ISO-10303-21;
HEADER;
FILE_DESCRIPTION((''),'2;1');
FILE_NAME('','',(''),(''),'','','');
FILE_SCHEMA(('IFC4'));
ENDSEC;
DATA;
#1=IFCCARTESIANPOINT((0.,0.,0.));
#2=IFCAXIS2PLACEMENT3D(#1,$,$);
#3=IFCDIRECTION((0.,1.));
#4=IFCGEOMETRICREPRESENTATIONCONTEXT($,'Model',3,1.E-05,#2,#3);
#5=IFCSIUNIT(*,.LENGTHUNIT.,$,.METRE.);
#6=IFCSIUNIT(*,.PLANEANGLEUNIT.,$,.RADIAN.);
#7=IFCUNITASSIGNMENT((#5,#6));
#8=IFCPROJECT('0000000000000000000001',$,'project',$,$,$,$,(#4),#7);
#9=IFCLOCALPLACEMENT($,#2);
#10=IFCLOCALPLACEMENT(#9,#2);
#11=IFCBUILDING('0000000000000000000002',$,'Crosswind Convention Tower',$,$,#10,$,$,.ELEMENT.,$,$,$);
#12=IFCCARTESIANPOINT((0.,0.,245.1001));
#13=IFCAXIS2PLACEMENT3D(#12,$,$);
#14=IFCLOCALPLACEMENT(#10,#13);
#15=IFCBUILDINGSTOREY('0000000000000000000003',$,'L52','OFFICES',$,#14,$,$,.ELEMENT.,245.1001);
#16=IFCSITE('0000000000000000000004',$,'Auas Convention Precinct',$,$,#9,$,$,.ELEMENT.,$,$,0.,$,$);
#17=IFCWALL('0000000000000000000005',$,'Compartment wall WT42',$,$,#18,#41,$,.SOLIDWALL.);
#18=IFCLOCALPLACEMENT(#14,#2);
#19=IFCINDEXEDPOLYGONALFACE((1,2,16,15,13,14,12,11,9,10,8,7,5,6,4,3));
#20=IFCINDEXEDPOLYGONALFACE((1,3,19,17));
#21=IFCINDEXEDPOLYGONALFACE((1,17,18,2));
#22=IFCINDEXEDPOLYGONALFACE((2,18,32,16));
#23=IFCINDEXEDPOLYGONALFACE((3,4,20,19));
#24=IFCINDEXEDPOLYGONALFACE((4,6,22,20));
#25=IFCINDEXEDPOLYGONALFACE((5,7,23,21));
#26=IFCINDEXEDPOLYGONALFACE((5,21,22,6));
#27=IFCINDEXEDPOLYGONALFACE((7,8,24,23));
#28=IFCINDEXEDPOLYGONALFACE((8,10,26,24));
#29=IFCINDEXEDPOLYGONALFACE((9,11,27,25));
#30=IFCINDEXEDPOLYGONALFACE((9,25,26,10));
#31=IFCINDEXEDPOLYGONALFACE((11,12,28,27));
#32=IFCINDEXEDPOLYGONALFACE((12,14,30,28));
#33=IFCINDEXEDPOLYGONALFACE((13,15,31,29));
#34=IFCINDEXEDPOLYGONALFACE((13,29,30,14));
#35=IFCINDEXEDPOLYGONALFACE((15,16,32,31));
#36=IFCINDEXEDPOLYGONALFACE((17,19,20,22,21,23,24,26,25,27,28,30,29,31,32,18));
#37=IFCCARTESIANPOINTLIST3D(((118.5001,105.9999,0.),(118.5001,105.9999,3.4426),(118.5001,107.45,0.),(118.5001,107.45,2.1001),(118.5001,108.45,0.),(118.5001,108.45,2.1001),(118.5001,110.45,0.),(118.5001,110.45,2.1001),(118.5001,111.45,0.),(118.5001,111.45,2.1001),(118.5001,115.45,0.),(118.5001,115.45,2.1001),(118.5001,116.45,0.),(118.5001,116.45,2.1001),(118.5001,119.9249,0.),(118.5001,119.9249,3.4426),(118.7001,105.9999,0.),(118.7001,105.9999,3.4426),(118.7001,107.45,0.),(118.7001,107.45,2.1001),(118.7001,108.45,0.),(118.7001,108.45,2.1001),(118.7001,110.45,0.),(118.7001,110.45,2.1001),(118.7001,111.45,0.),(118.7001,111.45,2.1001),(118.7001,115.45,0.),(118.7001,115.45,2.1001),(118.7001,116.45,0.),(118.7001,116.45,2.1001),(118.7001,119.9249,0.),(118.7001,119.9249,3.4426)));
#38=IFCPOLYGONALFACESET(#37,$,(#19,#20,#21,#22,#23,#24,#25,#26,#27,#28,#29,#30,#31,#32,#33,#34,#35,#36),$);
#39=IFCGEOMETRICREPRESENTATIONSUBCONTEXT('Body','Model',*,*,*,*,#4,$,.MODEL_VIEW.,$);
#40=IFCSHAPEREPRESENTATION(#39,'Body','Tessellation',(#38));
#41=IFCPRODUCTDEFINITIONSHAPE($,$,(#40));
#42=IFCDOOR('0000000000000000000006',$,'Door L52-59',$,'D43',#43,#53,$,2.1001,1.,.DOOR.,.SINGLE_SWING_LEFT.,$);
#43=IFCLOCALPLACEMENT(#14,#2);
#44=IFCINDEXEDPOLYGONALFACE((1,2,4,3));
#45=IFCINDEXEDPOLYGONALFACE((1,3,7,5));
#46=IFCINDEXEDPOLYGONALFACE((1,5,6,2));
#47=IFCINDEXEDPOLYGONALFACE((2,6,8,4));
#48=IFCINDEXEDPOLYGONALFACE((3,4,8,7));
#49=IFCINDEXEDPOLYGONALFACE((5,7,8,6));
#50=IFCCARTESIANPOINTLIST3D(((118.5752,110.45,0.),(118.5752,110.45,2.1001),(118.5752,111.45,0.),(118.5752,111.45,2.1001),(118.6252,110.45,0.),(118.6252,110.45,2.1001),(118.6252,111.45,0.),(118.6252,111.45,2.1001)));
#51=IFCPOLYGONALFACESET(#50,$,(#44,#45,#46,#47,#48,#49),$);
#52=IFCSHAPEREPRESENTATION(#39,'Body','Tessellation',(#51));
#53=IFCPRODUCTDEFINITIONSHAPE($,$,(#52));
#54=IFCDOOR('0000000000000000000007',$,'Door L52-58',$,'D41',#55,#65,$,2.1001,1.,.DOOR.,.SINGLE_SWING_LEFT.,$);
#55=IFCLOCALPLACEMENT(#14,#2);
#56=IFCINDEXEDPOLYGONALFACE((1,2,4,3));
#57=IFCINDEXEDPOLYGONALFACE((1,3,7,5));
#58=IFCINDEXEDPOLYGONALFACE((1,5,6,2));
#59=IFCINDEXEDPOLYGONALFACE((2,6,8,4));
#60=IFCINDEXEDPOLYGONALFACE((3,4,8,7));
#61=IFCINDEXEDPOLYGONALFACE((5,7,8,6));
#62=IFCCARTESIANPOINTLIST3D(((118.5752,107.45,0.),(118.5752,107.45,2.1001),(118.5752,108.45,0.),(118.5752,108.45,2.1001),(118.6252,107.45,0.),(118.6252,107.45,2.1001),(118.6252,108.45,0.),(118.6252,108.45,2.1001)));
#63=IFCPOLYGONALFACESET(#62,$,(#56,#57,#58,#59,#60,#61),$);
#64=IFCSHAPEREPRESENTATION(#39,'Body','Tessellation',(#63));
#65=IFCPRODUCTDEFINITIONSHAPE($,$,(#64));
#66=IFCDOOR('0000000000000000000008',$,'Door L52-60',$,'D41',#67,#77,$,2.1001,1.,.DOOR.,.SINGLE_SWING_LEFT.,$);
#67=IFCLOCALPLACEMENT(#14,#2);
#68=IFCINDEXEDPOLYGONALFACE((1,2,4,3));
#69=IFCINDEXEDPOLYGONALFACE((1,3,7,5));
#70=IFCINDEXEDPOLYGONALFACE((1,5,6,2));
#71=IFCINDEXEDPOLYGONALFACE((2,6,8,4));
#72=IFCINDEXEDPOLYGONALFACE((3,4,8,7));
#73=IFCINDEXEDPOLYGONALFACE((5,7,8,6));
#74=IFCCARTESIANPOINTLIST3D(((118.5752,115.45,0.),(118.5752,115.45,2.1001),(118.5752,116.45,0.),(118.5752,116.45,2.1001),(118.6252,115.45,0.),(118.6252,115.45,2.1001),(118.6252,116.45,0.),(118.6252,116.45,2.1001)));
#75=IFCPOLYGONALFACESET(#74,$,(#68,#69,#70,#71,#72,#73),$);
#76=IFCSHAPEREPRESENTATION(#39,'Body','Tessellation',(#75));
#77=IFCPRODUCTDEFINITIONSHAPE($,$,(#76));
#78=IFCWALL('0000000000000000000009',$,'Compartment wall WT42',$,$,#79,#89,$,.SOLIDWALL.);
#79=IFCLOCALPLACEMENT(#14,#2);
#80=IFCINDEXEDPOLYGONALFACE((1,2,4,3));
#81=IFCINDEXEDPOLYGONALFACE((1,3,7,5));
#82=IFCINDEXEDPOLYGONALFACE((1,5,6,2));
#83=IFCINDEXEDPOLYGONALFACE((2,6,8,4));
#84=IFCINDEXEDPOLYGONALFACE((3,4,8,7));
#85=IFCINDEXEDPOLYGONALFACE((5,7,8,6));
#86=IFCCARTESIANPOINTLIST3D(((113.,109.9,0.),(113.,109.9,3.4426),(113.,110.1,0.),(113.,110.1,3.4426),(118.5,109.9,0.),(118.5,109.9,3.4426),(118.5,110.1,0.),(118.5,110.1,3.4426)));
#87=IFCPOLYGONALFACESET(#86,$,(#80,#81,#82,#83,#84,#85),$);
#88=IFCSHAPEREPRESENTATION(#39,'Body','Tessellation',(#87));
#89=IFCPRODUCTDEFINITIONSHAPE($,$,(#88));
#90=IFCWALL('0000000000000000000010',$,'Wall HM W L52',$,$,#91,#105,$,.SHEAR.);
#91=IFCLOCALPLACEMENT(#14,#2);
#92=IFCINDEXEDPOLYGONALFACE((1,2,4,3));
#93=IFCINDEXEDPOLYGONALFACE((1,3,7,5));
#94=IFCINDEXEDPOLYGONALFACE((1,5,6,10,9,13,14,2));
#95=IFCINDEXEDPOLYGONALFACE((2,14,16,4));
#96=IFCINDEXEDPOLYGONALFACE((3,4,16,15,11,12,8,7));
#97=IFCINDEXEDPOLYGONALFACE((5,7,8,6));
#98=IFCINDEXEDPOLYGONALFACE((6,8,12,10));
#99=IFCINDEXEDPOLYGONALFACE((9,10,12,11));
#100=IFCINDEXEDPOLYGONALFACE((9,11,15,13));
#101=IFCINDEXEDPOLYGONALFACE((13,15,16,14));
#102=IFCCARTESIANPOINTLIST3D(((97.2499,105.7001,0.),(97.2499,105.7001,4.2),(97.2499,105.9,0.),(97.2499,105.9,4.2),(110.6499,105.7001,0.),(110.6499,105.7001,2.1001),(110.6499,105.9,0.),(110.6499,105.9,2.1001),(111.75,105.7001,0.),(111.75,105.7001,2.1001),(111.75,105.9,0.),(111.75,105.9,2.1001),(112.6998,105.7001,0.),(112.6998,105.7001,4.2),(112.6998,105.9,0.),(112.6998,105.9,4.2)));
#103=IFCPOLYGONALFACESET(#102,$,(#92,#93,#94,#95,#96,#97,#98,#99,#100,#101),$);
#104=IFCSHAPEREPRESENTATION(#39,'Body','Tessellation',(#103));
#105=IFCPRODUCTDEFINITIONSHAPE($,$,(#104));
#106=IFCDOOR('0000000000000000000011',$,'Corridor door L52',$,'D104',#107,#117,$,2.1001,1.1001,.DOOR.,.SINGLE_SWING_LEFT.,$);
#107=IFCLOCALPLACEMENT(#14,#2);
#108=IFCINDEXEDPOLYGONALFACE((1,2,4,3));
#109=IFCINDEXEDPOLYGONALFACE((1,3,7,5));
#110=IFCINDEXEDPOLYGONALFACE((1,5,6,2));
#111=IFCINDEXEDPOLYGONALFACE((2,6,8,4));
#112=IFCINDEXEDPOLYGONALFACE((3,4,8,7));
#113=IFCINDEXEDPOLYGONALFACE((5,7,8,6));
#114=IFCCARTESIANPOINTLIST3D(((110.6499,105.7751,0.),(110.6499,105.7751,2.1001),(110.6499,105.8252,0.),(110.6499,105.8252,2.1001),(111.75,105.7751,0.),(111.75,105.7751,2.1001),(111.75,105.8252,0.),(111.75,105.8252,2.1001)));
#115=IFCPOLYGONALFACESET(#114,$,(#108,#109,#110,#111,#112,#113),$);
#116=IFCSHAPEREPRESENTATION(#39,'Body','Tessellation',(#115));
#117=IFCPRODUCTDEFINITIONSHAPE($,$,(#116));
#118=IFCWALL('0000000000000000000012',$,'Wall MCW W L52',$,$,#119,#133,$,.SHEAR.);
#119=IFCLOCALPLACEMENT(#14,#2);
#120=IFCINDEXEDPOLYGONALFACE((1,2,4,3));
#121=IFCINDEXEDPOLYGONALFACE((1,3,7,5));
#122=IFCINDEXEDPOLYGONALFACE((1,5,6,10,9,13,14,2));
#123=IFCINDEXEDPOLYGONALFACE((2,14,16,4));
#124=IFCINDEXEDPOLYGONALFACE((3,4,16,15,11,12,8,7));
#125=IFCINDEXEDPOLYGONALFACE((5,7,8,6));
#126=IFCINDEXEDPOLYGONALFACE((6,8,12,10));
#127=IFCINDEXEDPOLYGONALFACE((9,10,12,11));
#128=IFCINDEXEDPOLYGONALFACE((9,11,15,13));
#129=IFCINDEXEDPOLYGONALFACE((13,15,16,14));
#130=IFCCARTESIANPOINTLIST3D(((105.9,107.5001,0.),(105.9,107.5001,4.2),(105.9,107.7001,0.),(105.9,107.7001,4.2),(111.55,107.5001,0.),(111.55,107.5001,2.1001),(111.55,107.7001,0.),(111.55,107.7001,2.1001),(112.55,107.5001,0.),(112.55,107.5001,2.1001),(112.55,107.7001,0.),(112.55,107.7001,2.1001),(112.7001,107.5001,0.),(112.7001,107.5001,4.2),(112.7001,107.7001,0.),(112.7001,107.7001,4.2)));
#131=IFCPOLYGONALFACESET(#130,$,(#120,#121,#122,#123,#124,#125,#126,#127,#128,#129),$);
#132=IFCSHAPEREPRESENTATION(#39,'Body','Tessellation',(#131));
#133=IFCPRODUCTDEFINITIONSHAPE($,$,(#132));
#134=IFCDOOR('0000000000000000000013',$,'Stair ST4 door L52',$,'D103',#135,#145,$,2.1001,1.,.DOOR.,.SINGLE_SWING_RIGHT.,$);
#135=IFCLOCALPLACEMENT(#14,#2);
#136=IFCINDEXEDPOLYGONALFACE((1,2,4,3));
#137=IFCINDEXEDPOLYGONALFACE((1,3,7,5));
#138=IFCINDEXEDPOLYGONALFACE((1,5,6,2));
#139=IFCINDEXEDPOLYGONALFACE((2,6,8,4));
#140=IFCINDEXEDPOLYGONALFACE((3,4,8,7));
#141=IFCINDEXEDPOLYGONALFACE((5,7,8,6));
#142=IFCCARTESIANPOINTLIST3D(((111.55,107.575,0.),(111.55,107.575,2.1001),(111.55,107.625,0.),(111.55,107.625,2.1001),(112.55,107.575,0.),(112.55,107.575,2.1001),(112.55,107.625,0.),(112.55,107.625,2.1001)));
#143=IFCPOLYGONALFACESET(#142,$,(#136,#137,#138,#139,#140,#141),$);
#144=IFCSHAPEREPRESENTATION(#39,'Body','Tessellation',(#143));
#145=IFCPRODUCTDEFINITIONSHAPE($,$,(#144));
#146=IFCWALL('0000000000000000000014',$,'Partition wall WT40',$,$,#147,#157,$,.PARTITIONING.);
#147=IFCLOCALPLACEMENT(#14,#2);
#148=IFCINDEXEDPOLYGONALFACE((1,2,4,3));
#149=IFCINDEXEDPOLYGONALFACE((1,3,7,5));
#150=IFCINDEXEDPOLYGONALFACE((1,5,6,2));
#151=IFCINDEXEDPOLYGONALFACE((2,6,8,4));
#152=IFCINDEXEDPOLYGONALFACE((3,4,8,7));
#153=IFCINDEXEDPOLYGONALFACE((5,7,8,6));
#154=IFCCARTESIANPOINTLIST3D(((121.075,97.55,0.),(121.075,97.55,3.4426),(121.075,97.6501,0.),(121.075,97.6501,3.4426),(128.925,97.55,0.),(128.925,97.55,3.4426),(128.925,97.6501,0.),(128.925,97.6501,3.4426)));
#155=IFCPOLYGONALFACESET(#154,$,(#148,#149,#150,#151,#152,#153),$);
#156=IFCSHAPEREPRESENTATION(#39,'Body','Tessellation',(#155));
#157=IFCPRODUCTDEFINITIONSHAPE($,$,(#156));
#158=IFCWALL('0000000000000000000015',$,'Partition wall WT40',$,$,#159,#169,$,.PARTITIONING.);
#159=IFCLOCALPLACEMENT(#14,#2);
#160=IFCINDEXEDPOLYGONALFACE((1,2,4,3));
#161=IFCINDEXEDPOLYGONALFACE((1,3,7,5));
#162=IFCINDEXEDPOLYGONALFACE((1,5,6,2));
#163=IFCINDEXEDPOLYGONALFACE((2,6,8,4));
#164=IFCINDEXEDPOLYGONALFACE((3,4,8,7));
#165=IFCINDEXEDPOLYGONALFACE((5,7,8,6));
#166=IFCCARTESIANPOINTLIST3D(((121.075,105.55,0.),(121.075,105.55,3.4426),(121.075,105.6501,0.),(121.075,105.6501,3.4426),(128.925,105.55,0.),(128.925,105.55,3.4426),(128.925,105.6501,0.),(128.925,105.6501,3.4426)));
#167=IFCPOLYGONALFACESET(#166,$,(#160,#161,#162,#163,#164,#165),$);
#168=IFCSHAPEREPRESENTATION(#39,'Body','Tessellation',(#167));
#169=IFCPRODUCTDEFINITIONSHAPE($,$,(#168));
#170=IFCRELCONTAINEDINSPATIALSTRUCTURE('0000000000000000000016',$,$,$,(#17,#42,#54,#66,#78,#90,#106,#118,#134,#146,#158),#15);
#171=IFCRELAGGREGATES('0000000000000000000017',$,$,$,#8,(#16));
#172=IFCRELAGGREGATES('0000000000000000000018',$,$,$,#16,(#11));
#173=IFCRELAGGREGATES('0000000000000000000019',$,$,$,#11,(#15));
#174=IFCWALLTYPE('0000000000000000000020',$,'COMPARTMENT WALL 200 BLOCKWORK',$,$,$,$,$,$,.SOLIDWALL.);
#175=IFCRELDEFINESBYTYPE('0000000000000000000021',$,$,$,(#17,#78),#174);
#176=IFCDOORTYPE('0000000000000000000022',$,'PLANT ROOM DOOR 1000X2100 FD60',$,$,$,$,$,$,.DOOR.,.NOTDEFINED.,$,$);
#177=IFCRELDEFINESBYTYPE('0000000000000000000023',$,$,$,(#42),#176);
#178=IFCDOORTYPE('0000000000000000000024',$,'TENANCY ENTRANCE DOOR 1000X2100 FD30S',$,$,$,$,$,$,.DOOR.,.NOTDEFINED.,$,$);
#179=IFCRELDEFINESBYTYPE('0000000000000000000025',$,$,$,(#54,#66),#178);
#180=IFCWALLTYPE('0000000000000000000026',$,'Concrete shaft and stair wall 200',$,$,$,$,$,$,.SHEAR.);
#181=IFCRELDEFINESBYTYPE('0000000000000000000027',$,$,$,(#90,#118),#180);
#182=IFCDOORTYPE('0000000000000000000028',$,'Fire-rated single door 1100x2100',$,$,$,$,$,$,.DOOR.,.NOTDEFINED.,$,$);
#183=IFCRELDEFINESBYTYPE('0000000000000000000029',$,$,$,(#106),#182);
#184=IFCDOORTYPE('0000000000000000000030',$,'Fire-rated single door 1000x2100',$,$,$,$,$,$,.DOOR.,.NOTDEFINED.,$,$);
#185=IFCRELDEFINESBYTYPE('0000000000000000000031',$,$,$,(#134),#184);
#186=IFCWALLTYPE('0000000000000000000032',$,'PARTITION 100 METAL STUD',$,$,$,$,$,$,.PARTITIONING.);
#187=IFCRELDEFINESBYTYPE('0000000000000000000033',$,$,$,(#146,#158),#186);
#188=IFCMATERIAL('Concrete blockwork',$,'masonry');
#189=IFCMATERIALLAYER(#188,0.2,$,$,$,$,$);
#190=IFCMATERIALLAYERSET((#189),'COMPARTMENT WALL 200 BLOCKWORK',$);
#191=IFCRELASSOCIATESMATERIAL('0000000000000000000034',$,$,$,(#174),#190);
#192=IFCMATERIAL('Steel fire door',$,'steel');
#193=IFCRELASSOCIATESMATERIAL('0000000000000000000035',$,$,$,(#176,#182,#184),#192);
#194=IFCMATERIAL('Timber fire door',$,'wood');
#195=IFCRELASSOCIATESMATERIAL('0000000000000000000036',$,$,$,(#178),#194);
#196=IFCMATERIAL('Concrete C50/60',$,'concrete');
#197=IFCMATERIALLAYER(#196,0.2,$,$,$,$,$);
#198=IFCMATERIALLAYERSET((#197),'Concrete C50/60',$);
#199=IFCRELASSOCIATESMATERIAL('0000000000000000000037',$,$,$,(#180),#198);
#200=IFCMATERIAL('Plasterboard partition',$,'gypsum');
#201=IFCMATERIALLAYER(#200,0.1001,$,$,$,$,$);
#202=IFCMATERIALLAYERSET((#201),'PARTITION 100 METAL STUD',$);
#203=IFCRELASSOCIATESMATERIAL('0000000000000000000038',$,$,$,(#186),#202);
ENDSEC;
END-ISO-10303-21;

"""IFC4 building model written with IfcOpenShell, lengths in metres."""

from ifc_helpers import new_model, si_unit, direction, frame, frame_2d, origin, place, context, subcontext, project, spatial, rectangle, extrude, material, layer, layer_set, type_object, element, fill, save


model = new_model("IFC4")

# Units and contexts
model_context = context("Model", 3, precision=1e-05, world=origin(), true_north=direction((0.0, 1.0)))
body_context = subcontext(model_context, "Body", "Model", "MODEL_VIEW")
ifc_project = project(units=[si_unit("LENGTHUNIT", "METRE"), si_unit("PLANEANGLEUNIT", "RADIAN")], contexts=[model_context])

# Site, building, storey
site_placement = place(None, origin())
site = spatial("IfcSite", under=ifc_project, at=site_placement, Name="Auas Convention Precinct", CompositionType="ELEMENT", RefElevation=0.0)
building_placement = place(site_placement, origin())
building = spatial("IfcBuilding", under=site, at=building_placement, Name="Crosswind Convention Tower", CompositionType="ELEMENT")
storey_placement = place(building_placement, frame((0.0, 0.0, 245.1001)))
storey = spatial("IfcBuildingStorey", under=building, at=storey_placement, Name="L52", Description="OFFICES", CompositionType="ELEMENT", Elevation=245.1001)

# Wall, openings, doors
ifc_material_1 = material(Name="Concrete blockwork", Category="masonry")
ifc_layer_1 = layer(ifc_material_1, 0.2)
ifc_layer_set_1 = layer_set([ifc_layer_1], Name="COMPARTMENT WALL 200 BLOCKWORK")
wall_type_1 = type_object("IfcWallType", Name="COMPARTMENT WALL 200 BLOCKWORK", PredefinedType="SOLIDWALL", material=ifc_layer_set_1)
wall_1_placement = place(storey_placement, frame((118.6001, 106.0, 0.0), z_axis=(0.0, 0.0, 1.0), x_axis=(0.0, 1.0, 0.0)))
wall_1 = element("IfcWall", 1, at=wall_1_placement, inside=storey, type_object=wall_type_1, Name="Compartment wall WT42", PredefinedType="SOLIDWALL", context=body_context, shape_type="SweptSolid", body=[
    extrude(rectangle(XDim=13.925, YDim=0.2, at=frame_2d((6.9624, 0.0))), origin(), (0.0, 0.0, 1.0), 3.4426),
])
opening_1_placement = place(wall_1_placement, frame((1.45, 0.0, 0.0)))
opening_1 = element("IfcOpeningElement", 2, at=opening_1_placement, cuts=wall_1, PredefinedType="OPENING", context=body_context, shape_type="SweptSolid", body=[
    extrude(rectangle(XDim=1.0, YDim=2.1001, at=frame_2d((0.5, 1.05))), frame((0.0, 0.1099, 0.0), z_axis=(0.0, -1.0, 0.0), x_axis=(1.0, 0.0, 0.0)), (0.0, 0.0, 1.0), 0.22),
])
opening_2_placement = place(wall_1_placement, frame((4.45, 0.0, 0.0)))
opening_2 = element("IfcOpeningElement", 3, at=opening_2_placement, cuts=wall_1, PredefinedType="OPENING", context=body_context, shape_type="SweptSolid", body=[
    extrude(rectangle(XDim=1.0, YDim=2.1001, at=frame_2d((0.5, 1.05))), frame((0.0, 0.1099, 0.0), z_axis=(0.0, -1.0, 0.0), x_axis=(1.0, 0.0, 0.0)), (0.0, 0.0, 1.0), 0.22),
])
opening_3_placement = place(wall_1_placement, frame((9.45, 0.0, 0.0)))
opening_3 = element("IfcOpeningElement", 4, at=opening_3_placement, cuts=wall_1, PredefinedType="OPENING", context=body_context, shape_type="SweptSolid", body=[
    extrude(rectangle(XDim=1.0, YDim=2.1001, at=frame_2d((0.5, 1.05))), frame((0.0, 0.1099, 0.0), z_axis=(0.0, -1.0, 0.0), x_axis=(1.0, 0.0, 0.0)), (0.0, 0.0, 1.0), 0.22),
])
ifc_material_2 = material(Name="Steel fire door", Category="steel")
door_type_1 = type_object("IfcDoorType", Name="PLANT ROOM DOOR 1000X2100 FD60", OperationType="NOTDEFINED", PredefinedType="DOOR", material=ifc_material_2)
door_1_placement = place(opening_2_placement, origin())
door_1 = element("IfcDoor", 5, at=door_1_placement, inside=storey, type_object=door_type_1, Name="Door L52-59", ObjectType="D43", OperationType="SINGLE_SWING_LEFT", OverallHeight=2.1001, OverallWidth=1.0, PredefinedType="DOOR", context=body_context, shape_type="SweptSolid", body=[
    extrude(rectangle(XDim=1.0, YDim=2.1001, at=frame_2d((0.5, 1.05))), frame((0.0, 0.0249, 0.0), z_axis=(0.0, -1.0, 0.0), x_axis=(1.0, 0.0, 0.0)), (0.0, 0.0, 1.0), 0.05),
])
fill(opening_2, door_1)
ifc_material_3 = material(Name="Timber fire door", Category="wood")
door_type_2 = type_object("IfcDoorType", Name="TENANCY ENTRANCE DOOR 1000X2100 FD30S", OperationType="NOTDEFINED", PredefinedType="DOOR", material=ifc_material_3)
door_2_placement = place(opening_1_placement, origin())
door_2 = element("IfcDoor", 6, at=door_2_placement, inside=storey, type_object=door_type_2, Name="Door L52-58", ObjectType="D41", OperationType="SINGLE_SWING_LEFT", OverallHeight=2.1001, OverallWidth=1.0, PredefinedType="DOOR", context=body_context, shape_type="SweptSolid", body=[
    extrude(rectangle(XDim=1.0, YDim=2.1001, at=frame_2d((0.5, 1.05))), frame((0.0, 0.0249, 0.0), z_axis=(0.0, -1.0, 0.0), x_axis=(1.0, 0.0, 0.0)), (0.0, 0.0, 1.0), 0.05),
])
fill(opening_1, door_2)
door_3_placement = place(opening_3_placement, origin())
door_3 = element("IfcDoor", 7, at=door_3_placement, inside=storey, type_object=door_type_2, Name="Door L52-60", ObjectType="D41", OperationType="SINGLE_SWING_LEFT", OverallHeight=2.1001, OverallWidth=1.0, PredefinedType="DOOR", context=body_context, shape_type="SweptSolid", body=[
    extrude(rectangle(XDim=1.0, YDim=2.1001, at=frame_2d((0.5, 1.05))), frame((0.0, 0.0249, 0.0), z_axis=(0.0, -1.0, 0.0), x_axis=(1.0, 0.0, 0.0)), (0.0, 0.0, 1.0), 0.05),
])
fill(opening_3, door_3)

# Wall
wall_2_placement = place(storey_placement, frame((113.0, 110.0, 0.0), z_axis=(0.0, 0.0, 1.0), x_axis=(1.0, 0.0, 0.0)))
element("IfcWall", 8, at=wall_2_placement, inside=storey, type_object=wall_type_1, Name="Compartment wall WT42", PredefinedType="SOLIDWALL", context=body_context, shape_type="SweptSolid", body=[
    extrude(rectangle(XDim=5.5, YDim=0.2, at=frame_2d((2.75, 0.0))), origin(), (0.0, 0.0, 1.0), 3.4426),
])

# Shared definitions
ifc_material_4 = material(Name="Concrete C50/60", Category="concrete")

# Walls, openings, doors
ifc_layer_2 = layer(ifc_material_4, 0.2)
ifc_layer_set_2 = layer_set([ifc_layer_2], Name="Concrete C50/60")
wall_type_2 = type_object("IfcWallType", Name="Concrete shaft and stair wall 200", PredefinedType="SHEAR", material=ifc_layer_set_2)
wall_3_placement = place(storey_placement, frame((112.7, 105.8, 0.0), z_axis=(0.0, 0.0, 1.0), x_axis=(-1.0, 0.0, 0.0)))
wall_3 = element("IfcWall", 9, at=wall_3_placement, inside=storey, type_object=wall_type_2, Name="Wall HM W L52", PredefinedType="SHEAR", context=body_context, shape_type="SweptSolid", body=[
    extrude(rectangle(XDim=15.45, YDim=0.2, at=frame_2d((7.7251, 0.0))), origin(), (0.0, 0.0, 1.0), 4.2),
])
opening_4_placement = place(wall_3_placement, frame((0.95, 0.0, 0.0)))
opening_4 = element("IfcOpeningElement", 10, at=opening_4_placement, cuts=wall_3, PredefinedType="OPENING", context=body_context, shape_type="SweptSolid", body=[
    extrude(rectangle(XDim=1.1001, YDim=2.1001, at=frame_2d((0.55, 1.05))), frame((0.0, 0.1099, 0.0), z_axis=(0.0, -1.0, 0.0), x_axis=(1.0, 0.0, 0.0)), (0.0, 0.0, 1.0), 0.22),
])
door_type_3 = type_object("IfcDoorType", Name="Fire-rated single door 1100x2100", OperationType="NOTDEFINED", PredefinedType="DOOR", material=ifc_material_2)
door_4_placement = place(opening_4_placement, origin())
door_4 = element("IfcDoor", 11, at=door_4_placement, inside=storey, type_object=door_type_3, Name="Corridor door L52", ObjectType="D104", OperationType="SINGLE_SWING_LEFT", OverallHeight=2.1001, OverallWidth=1.1001, PredefinedType="DOOR", context=body_context, shape_type="SweptSolid", body=[
    extrude(rectangle(XDim=1.1001, YDim=2.1001, at=frame_2d((0.55, 1.05))), frame((0.0, 0.0249, 0.0), z_axis=(0.0, -1.0, 0.0), x_axis=(1.0, 0.0, 0.0)), (0.0, 0.0, 1.0), 0.05),
])
fill(opening_4, door_4)
wall_4_placement = place(storey_placement, frame((112.7, 107.6001, 0.0), z_axis=(0.0, 0.0, 1.0), x_axis=(-1.0, 0.0, 0.0)))
wall_4 = element("IfcWall", 12, at=wall_4_placement, inside=storey, type_object=wall_type_2, Name="Wall MCW W L52", PredefinedType="SHEAR", context=body_context, shape_type="SweptSolid", body=[
    extrude(rectangle(XDim=6.8, YDim=0.2, at=frame_2d((3.3999, 0.0))), origin(), (0.0, 0.0, 1.0), 4.2),
])
opening_5_placement = place(wall_4_placement, frame((0.1499, 0.0, 0.0)))
opening_5 = element("IfcOpeningElement", 13, at=opening_5_placement, cuts=wall_4, PredefinedType="OPENING", context=body_context, shape_type="SweptSolid", body=[
    extrude(rectangle(XDim=1.0, YDim=2.1001, at=frame_2d((0.5, 1.05))), frame((0.0, 0.1099, 0.0), z_axis=(0.0, -1.0, 0.0), x_axis=(1.0, 0.0, 0.0)), (0.0, 0.0, 1.0), 0.22),
])
door_type_4 = type_object("IfcDoorType", Name="Fire-rated single door 1000x2100", OperationType="NOTDEFINED", PredefinedType="DOOR", material=ifc_material_2)
door_5_placement = place(opening_5_placement, frame((1.0, 0.0, 0.0), z_axis=(0.0, 0.0, 1.0), x_axis=(-1.0, 0.0, 0.0)))
door_5 = element("IfcDoor", 14, at=door_5_placement, inside=storey, type_object=door_type_4, Name="Stair ST4 door L52", ObjectType="D103", OperationType="SINGLE_SWING_RIGHT", OverallHeight=2.1001, OverallWidth=1.0, PredefinedType="DOOR", context=body_context, shape_type="SweptSolid", body=[
    extrude(rectangle(XDim=1.0, YDim=2.1001, at=frame_2d((0.5, 1.05))), frame((0.0, 0.0249, 0.0), z_axis=(0.0, -1.0, 0.0), x_axis=(1.0, 0.0, 0.0)), (0.0, 0.0, 1.0), 0.05),
])
fill(opening_5, door_5)

# Walls
ifc_material_5 = material(Name="Plasterboard partition", Category="gypsum")
ifc_layer_3 = layer(ifc_material_5, 0.1001)
ifc_layer_set_3 = layer_set([ifc_layer_3], Name="PARTITION 100 METAL STUD")
wall_type_3 = type_object("IfcWallType", Name="PARTITION 100 METAL STUD", PredefinedType="PARTITIONING", material=ifc_layer_set_3)
for number, where, z_axis, x_axis, name in (
    (15, (121.075, 97.6001, 0.0), (0.0, 0.0, 1.0), (1.0, 0.0, 0.0), "Partition wall WT40"),
    (16, (121.075, 105.6001, 0.0), (0.0, 0.0, 1.0), (1.0, 0.0, 0.0), "Partition wall WT40"),
):
    element("IfcWall", number, at=place(storey_placement, frame(where, z_axis=z_axis, x_axis=x_axis)), inside=storey, type_object=wall_type_3, Name=name, PredefinedType="PARTITIONING", context=body_context, shape_type="SweptSolid", body=[
        extrude(rectangle(XDim=7.8501, YDim=0.1001, at=frame_2d((3.925, 0.0))), origin(), (0.0, 0.0, 1.0), 3.4426),
    ])

save(model, "model.ifc")
